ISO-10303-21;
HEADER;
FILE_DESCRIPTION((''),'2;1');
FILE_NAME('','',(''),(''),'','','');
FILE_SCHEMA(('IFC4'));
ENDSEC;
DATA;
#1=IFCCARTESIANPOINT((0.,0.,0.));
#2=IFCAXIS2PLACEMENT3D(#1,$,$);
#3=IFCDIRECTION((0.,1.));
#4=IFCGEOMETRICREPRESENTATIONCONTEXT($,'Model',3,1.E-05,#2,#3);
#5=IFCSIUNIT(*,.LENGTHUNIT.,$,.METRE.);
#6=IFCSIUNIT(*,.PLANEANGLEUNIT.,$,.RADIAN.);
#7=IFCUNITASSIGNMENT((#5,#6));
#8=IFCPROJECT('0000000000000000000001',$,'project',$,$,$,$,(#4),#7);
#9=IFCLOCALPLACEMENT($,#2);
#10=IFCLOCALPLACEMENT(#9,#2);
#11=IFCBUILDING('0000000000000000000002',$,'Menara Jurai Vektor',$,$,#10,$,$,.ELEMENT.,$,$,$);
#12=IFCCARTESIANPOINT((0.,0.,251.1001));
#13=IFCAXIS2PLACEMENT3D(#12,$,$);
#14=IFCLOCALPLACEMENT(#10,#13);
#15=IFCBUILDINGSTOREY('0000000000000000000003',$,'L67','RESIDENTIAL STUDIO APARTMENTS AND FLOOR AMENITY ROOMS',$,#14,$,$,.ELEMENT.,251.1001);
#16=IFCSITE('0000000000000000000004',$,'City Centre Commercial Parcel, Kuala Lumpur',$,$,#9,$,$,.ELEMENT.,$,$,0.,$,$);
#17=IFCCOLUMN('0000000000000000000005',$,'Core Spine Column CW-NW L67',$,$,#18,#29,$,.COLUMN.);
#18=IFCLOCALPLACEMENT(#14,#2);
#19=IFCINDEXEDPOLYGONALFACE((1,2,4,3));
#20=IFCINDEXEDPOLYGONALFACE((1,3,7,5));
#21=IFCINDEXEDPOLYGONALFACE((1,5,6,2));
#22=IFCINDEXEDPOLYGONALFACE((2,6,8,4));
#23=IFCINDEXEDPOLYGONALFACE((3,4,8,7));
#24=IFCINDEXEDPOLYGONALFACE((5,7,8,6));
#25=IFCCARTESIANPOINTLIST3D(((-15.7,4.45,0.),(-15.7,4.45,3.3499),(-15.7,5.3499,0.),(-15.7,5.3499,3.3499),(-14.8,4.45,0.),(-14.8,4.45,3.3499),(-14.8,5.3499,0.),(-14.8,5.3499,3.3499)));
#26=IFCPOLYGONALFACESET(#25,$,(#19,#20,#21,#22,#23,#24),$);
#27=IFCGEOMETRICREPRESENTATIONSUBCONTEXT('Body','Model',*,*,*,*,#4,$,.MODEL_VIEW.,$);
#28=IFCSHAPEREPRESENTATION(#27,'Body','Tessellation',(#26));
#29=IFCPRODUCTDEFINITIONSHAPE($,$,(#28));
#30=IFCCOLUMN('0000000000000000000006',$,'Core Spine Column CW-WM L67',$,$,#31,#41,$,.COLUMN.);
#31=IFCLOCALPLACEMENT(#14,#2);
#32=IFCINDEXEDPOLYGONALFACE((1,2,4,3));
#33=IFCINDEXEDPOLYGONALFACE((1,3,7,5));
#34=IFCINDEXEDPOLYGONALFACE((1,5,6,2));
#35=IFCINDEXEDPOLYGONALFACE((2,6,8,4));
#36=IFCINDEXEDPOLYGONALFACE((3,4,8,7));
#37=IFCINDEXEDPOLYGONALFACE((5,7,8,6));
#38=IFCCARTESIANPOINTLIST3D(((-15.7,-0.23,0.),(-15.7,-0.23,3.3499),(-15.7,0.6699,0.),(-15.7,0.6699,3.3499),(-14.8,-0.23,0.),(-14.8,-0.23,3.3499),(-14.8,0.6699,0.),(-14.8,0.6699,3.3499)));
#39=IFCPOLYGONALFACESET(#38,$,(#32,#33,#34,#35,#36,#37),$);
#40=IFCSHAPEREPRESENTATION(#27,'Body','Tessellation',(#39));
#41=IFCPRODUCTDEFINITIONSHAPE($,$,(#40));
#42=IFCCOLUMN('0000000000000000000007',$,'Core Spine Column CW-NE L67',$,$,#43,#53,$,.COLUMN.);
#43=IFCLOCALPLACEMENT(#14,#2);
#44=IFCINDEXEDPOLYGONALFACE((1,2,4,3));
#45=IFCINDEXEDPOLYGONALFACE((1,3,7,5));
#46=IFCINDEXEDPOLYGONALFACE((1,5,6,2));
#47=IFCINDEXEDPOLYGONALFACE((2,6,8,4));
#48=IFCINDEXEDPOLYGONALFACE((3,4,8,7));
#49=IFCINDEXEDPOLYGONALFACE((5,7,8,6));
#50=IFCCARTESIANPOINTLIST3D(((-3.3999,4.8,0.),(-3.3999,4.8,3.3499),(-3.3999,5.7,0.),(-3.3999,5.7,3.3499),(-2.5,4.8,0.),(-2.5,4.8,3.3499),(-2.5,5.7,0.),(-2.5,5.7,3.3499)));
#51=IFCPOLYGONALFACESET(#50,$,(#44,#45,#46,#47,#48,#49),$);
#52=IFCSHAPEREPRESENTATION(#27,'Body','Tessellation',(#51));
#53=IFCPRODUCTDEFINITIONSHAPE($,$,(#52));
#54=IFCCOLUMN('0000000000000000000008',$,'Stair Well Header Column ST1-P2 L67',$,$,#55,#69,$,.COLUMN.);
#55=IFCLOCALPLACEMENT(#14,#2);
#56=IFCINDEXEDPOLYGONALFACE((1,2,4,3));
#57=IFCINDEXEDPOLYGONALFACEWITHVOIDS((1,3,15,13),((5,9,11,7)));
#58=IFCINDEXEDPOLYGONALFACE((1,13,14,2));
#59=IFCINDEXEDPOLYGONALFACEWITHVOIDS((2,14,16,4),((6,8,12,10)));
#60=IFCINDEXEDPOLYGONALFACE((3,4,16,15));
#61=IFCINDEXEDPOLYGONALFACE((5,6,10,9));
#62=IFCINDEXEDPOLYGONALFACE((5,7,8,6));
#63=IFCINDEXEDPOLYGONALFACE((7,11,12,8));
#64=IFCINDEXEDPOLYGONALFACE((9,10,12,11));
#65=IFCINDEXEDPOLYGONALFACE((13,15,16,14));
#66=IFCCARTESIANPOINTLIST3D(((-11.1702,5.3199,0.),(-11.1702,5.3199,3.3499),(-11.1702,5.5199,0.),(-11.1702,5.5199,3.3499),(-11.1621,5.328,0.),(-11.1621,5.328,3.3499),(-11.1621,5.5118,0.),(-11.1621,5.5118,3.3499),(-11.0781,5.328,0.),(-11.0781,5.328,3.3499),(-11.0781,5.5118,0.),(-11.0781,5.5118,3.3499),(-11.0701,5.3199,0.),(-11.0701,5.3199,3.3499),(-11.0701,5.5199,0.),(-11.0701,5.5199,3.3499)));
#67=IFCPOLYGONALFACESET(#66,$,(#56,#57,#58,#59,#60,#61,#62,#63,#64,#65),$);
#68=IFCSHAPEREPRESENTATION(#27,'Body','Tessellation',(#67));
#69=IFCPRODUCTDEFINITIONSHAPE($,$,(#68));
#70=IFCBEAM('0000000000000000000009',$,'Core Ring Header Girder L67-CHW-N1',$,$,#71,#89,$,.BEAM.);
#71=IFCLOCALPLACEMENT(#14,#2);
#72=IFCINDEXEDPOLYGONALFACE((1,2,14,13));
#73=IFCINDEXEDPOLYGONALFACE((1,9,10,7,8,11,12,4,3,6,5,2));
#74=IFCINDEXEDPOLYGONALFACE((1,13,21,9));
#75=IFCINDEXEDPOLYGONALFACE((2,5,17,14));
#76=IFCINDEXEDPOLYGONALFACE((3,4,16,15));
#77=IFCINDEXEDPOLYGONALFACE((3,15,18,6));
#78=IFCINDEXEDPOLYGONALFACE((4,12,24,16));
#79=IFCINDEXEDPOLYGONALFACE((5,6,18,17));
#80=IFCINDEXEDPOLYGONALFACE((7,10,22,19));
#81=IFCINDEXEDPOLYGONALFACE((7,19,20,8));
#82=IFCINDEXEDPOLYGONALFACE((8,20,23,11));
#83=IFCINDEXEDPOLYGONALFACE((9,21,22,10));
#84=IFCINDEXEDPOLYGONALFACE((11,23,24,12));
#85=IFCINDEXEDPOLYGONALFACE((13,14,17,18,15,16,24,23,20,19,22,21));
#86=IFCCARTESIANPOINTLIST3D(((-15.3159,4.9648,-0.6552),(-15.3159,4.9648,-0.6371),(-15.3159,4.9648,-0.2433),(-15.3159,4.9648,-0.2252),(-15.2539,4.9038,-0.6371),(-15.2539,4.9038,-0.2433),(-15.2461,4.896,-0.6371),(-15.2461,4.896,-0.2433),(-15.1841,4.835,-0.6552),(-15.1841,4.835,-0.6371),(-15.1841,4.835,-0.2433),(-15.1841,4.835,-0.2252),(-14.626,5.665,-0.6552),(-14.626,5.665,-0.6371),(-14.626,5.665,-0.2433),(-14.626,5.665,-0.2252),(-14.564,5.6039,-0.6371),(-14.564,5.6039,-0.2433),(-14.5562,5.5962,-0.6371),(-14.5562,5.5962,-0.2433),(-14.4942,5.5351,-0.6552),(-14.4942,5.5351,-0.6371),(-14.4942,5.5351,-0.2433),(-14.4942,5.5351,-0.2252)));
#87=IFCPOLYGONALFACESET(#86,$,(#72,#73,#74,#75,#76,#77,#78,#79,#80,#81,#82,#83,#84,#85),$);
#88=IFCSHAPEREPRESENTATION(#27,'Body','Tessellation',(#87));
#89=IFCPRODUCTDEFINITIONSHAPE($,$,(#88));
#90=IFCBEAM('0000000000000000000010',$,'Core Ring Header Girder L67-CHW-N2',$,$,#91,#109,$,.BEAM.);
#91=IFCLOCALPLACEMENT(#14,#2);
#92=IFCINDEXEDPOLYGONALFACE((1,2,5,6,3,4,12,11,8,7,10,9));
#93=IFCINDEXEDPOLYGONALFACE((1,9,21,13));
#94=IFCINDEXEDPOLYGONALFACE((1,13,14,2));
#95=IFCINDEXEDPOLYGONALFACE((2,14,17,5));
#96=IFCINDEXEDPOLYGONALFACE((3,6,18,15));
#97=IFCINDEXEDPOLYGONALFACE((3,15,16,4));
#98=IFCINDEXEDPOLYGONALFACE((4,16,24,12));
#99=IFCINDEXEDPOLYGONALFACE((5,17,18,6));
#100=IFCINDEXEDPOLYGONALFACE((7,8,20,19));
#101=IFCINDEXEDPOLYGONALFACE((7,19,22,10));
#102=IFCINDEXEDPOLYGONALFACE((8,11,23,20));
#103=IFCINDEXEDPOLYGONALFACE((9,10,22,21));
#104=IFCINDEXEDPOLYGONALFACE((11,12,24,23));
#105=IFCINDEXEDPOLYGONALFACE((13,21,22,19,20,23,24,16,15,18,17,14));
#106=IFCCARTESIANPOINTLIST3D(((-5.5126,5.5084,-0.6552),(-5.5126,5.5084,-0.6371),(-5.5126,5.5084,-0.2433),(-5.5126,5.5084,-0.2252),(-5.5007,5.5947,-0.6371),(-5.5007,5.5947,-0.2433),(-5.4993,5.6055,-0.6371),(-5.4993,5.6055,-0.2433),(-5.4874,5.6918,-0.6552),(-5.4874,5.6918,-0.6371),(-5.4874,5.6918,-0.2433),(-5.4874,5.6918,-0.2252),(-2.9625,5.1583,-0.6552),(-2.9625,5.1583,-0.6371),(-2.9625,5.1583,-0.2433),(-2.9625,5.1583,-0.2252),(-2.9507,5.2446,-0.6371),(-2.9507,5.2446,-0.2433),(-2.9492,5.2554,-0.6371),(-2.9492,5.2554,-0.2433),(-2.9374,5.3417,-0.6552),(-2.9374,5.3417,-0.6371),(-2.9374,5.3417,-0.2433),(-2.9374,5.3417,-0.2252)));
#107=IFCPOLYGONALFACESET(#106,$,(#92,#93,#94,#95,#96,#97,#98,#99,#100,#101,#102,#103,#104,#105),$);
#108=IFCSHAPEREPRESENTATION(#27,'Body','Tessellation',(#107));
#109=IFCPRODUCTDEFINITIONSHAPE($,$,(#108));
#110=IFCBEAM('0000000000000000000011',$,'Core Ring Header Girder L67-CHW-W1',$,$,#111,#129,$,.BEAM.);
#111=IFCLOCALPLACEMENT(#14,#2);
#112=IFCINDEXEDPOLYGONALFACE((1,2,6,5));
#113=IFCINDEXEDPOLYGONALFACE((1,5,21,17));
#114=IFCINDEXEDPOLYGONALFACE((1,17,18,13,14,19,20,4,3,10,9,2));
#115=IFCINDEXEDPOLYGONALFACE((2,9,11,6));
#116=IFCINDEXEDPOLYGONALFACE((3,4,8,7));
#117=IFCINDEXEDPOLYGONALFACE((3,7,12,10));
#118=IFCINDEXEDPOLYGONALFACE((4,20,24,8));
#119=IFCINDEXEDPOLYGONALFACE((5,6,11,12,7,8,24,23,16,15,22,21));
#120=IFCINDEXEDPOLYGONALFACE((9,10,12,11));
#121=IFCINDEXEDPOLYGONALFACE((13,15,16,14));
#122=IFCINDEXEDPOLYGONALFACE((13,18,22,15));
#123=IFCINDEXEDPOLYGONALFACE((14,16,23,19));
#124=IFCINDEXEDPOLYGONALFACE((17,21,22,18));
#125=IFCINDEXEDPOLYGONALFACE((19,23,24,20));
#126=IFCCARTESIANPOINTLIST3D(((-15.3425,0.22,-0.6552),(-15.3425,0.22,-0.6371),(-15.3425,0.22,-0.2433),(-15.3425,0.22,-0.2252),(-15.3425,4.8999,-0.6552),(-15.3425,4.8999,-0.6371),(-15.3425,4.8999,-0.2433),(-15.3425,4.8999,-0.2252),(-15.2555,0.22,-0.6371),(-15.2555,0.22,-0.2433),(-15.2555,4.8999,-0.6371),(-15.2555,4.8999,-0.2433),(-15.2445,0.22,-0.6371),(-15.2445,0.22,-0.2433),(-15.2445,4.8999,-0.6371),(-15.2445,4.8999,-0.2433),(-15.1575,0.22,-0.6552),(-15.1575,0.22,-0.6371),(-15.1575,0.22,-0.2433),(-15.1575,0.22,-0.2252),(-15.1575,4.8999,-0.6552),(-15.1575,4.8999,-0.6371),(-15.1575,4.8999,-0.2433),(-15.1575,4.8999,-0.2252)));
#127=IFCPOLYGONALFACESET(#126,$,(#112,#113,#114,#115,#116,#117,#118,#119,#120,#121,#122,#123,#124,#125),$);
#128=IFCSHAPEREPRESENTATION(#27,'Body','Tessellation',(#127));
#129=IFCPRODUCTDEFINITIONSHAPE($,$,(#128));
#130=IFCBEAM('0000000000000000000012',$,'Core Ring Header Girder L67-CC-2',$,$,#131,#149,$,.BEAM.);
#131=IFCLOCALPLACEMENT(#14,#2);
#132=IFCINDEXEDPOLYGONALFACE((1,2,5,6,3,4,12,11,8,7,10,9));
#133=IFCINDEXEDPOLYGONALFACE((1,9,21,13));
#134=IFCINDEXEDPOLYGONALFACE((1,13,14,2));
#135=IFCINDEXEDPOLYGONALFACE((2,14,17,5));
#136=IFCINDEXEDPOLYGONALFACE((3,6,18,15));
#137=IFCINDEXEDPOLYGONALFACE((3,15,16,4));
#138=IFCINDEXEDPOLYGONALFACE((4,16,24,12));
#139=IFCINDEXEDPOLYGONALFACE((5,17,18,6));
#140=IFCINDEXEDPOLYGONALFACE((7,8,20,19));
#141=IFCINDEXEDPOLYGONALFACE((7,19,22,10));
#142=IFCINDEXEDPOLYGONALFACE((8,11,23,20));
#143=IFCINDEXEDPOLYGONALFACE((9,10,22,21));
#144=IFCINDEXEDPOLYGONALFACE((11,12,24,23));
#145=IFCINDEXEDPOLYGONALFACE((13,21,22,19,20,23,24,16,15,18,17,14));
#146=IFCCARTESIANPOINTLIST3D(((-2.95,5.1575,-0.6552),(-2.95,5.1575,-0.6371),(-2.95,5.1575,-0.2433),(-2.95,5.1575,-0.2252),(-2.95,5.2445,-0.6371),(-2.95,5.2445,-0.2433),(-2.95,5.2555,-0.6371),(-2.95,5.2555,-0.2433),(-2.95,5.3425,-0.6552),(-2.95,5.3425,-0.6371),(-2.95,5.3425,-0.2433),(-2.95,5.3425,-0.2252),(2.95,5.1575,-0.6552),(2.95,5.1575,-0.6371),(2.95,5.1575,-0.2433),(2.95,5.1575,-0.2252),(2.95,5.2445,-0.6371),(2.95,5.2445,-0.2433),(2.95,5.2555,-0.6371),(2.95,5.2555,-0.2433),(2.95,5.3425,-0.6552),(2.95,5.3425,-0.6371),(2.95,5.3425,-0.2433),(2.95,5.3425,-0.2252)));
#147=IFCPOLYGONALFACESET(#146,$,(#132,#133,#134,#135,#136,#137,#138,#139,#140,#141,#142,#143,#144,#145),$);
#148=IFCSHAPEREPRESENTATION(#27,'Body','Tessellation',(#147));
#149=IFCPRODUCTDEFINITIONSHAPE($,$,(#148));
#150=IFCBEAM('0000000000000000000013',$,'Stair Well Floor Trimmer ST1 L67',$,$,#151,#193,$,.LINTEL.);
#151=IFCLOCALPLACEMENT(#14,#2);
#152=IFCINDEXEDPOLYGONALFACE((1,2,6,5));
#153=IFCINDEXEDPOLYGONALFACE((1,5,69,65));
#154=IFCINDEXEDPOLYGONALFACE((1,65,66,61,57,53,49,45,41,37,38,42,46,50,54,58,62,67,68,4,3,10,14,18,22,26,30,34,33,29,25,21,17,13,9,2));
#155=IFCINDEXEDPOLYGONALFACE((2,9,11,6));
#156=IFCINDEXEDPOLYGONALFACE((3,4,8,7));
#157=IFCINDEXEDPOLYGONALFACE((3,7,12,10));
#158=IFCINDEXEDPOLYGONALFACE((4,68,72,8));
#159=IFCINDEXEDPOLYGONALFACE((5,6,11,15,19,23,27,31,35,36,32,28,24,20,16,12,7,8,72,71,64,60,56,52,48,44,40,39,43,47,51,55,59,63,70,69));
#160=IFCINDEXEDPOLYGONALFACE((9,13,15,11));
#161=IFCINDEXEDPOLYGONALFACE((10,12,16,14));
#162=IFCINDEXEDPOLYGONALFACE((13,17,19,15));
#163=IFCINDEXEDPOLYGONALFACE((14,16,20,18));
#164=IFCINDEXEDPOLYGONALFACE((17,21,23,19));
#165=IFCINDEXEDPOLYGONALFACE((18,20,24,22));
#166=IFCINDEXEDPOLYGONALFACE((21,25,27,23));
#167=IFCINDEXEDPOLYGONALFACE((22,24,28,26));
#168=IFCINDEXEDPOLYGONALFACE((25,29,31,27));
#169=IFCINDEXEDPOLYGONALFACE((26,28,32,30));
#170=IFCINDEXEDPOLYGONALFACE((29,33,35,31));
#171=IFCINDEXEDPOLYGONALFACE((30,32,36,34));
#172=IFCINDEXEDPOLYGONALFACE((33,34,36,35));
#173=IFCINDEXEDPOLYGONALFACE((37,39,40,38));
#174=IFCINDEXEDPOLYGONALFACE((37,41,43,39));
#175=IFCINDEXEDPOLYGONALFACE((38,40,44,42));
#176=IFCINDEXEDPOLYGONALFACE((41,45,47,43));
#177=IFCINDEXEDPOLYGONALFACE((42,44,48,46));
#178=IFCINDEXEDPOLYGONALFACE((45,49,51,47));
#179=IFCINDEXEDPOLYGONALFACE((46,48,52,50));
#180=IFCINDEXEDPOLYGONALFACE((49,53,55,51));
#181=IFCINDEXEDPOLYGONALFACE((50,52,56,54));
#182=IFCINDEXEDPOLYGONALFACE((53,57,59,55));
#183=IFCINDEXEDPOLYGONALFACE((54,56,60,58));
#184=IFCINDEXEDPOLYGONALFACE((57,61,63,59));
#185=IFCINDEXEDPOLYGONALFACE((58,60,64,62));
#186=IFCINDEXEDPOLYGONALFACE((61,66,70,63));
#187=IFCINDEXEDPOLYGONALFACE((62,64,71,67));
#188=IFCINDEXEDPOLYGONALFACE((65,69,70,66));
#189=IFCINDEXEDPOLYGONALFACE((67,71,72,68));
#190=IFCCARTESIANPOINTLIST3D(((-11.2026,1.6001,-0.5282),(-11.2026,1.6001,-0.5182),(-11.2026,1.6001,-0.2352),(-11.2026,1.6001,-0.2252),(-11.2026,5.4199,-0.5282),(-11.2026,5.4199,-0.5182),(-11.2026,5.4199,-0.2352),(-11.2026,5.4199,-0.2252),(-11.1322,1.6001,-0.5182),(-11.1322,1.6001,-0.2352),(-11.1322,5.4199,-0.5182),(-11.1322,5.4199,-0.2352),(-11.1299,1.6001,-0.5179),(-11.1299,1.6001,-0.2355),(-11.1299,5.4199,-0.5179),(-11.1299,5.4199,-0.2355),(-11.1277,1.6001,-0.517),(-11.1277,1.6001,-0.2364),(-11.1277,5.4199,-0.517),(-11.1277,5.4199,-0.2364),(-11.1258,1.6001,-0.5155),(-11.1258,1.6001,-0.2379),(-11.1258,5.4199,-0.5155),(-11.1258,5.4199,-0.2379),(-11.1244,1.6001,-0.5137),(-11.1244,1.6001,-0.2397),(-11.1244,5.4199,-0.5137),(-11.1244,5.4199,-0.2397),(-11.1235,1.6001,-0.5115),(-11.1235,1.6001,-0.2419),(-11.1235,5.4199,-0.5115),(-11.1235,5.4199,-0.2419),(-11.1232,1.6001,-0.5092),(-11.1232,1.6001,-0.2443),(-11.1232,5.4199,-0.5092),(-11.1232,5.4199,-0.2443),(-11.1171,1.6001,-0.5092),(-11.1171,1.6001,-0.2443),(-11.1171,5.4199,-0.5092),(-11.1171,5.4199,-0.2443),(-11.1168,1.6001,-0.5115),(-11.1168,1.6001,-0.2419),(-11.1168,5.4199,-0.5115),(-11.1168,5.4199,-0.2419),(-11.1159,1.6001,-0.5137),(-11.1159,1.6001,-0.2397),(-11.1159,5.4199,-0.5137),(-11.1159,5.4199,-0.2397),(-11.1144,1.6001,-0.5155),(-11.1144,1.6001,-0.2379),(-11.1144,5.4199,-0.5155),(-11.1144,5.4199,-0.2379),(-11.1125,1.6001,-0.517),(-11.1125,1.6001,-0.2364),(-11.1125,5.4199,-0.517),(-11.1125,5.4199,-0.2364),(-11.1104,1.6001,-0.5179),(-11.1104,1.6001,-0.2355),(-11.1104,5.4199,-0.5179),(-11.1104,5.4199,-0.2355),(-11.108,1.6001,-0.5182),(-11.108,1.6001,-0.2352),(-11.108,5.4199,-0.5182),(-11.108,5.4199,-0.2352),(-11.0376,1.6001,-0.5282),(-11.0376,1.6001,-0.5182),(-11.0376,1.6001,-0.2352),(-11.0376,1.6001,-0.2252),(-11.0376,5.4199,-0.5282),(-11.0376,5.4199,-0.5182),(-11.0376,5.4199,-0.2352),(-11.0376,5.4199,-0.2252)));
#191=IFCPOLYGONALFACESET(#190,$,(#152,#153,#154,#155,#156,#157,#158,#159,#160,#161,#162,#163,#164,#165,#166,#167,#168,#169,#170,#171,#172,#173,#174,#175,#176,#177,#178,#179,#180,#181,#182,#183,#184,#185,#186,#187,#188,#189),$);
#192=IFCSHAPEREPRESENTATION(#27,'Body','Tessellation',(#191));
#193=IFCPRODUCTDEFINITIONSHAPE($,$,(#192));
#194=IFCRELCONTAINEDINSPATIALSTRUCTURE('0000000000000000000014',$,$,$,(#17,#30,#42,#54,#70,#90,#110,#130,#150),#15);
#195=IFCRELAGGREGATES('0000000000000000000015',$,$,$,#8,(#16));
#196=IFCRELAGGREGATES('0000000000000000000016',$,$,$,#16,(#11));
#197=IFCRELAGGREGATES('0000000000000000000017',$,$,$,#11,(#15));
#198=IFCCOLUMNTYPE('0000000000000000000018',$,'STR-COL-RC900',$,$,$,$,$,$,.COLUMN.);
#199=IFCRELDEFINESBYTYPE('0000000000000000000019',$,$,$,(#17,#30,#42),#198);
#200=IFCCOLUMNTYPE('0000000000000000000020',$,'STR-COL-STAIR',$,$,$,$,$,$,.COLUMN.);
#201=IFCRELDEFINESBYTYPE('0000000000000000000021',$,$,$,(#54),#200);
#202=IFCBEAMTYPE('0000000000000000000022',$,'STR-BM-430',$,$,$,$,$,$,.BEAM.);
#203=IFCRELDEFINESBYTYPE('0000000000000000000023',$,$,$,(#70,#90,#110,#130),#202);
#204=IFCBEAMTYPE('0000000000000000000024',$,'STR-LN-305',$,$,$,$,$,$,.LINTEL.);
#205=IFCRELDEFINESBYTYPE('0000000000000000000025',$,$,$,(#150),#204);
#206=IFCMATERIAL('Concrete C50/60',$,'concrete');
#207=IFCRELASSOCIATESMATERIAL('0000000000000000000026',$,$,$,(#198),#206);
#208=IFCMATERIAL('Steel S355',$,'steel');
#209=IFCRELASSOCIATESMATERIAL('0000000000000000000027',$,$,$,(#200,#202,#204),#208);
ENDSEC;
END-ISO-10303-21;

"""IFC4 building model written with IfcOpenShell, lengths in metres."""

from ifc_helpers import new_model, si_unit, direction, frame, origin, origin_2d, place, context, subcontext, project, spatial, rectangle, hollow_rectangle, i_section, extrude, material, material_profile, profile_set, type_object, element, save


model = new_model("IFC4")

# Units and contexts
model_context = context("Model", 3, precision=1e-05, world=origin(), true_north=direction((0.0, 1.0)))
body_context = subcontext(model_context, "Body", "Model", "MODEL_VIEW")
ifc_project = project(units=[si_unit("LENGTHUNIT", "METRE"), si_unit("PLANEANGLEUNIT", "RADIAN")], contexts=[model_context])

# Site, building, storey
site_placement = place(None, origin())
site = spatial("IfcSite", under=ifc_project, at=site_placement, Name="City Centre Commercial Parcel, Kuala Lumpur", CompositionType="ELEMENT", RefElevation=0.0)
building_placement = place(site_placement, origin())
building = spatial("IfcBuilding", under=site, at=building_placement, Name="Menara Jurai Vektor", CompositionType="ELEMENT")
storey_placement = place(building_placement, frame((0.0, 0.0, 251.1001)))
storey = spatial("IfcBuildingStorey", under=building, at=storey_placement, Name="L67", Description="RESIDENTIAL STUDIO APARTMENTS AND FLOOR AMENITY ROOMS", CompositionType="ELEMENT", Elevation=251.1001)

# Columns
ifc_material_1 = material(Name="Concrete C50/60", Category="concrete")
ifc_material_profile_1 = material_profile(ifc_material_1, rectangle(XDim=0.8999, YDim=0.8999, at=origin_2d()), Name="RC 900x900")
ifc_profile_set_1 = profile_set([ifc_material_profile_1], Name="Concrete C50/60")
column_type_1 = type_object("IfcColumnType", Name="STR-COL-RC900", PredefinedType="COLUMN", material=ifc_profile_set_1)
for number, where, z_axis, x_axis, name in (
    (1, (-15.25, 4.8999, 0.0), (0.0, 0.0, 1.0), (1.0, 0.0, 0.0), "Core Spine Column CW-NW L67"),
    (2, (-15.25, 0.22, 0.0), (0.0, 0.0, 1.0), (1.0, 0.0, 0.0), "Core Spine Column CW-WM L67"),
    (3, (-2.95, 5.25, 0.0), (0.0, 0.0, 1.0), (1.0, 0.0, 0.0), "Core Spine Column CW-NE L67"),
):
    element("IfcColumn", number, at=place(storey_placement, frame(where, z_axis=z_axis, x_axis=x_axis)), inside=storey, type_object=column_type_1, Name=name, PredefinedType="COLUMN", context=body_context, shape_type="SweptSolid", body=[
        extrude(rectangle(XDim=0.8999, YDim=0.8999, at=origin_2d()), origin(), (0.0, 0.0, 1.0), 3.3499),
    ])
ifc_material_2 = material(Name="Steel S355", Category="steel")
ifc_material_profile_2 = material_profile(ifc_material_2, hollow_rectangle(XDim=0.1001, YDim=0.2, WallThickness=0.0081, at=origin_2d()), Name="RHS 200x100x8")
ifc_profile_set_2 = profile_set([ifc_material_profile_2], Name="Steel S355")
column_type_2 = type_object("IfcColumnType", Name="STR-COL-STAIR", PredefinedType="COLUMN", material=ifc_profile_set_2)
column_placement = place(storey_placement, frame((-11.1201, 5.4199, 0.0), z_axis=(0.0, 0.0, 1.0), x_axis=(1.0, 0.0, 0.0)))
element("IfcColumn", 4, at=column_placement, inside=storey, type_object=column_type_2, Name="Stair Well Header Column ST1-P2 L67", PredefinedType="COLUMN", context=body_context, shape_type="SweptSolid", body=[
    extrude(hollow_rectangle(XDim=0.1001, YDim=0.2, WallThickness=0.0081, at=origin_2d()), origin(), (0.0, 0.0, 1.0), 3.3499),
])

# Beams
ifc_material_profile_3 = material_profile(ifc_material_2, i_section(OverallWidth=0.1851, OverallDepth=0.4299, WebThickness=0.011, FlangeThickness=0.0181, at=origin_2d()), Name="PG 430x185x76")
ifc_profile_set_3 = profile_set([ifc_material_profile_3], Name="Steel S355")
beam_type_1 = type_object("IfcBeamType", Name="STR-BM-430", PredefinedType="BEAM", material=ifc_profile_set_3)
beam_1_placement = place(storey_placement, frame((-15.25, 4.8999, -0.4402), z_axis=(0.701872, 0.712303, 0.0), x_axis=(-0.712303, 0.701872, 0.0)))
element("IfcBeam", 5, at=beam_1_placement, inside=storey, type_object=beam_type_1, Name="Core Ring Header Girder L67-CHW-N1", PredefinedType="BEAM", context=body_context, shape_type="SweptSolid", body=[
    extrude(i_section(OverallWidth=0.1851, OverallDepth=0.4299, WebThickness=0.011, FlangeThickness=0.0181, at=origin_2d()), origin(), (0.0, 0.0, 1.0), 0.9829),
])
beam_2_placement = place(storey_placement, frame((-5.5, 5.6001, -0.4402), z_axis=(0.990707, -0.136015, 0.0), x_axis=(0.136015, 0.990707, 0.0)))
element("IfcBeam", 6, at=beam_2_placement, inside=storey, type_object=beam_type_1, Name="Core Ring Header Girder L67-CHW-N2", PredefinedType="BEAM", context=body_context, shape_type="SweptSolid", body=[
    extrude(i_section(OverallWidth=0.1851, OverallDepth=0.4299, WebThickness=0.011, FlangeThickness=0.0181, at=origin_2d()), origin(), (0.0, 0.0, 1.0), 2.574),
])
beam_3_placement = place(storey_placement, frame((-15.25, 0.22, -0.4402), z_axis=(0.0, 1.0, 0.0), x_axis=(-1.0, 0.0, 0.0)))
element("IfcBeam", 7, at=beam_3_placement, inside=storey, type_object=beam_type_1, Name="Core Ring Header Girder L67-CHW-W1", PredefinedType="BEAM", context=body_context, shape_type="SweptSolid", body=[
    extrude(i_section(OverallWidth=0.1851, OverallDepth=0.4299, WebThickness=0.011, FlangeThickness=0.0181, at=origin_2d()), origin(), (0.0, 0.0, 1.0), 4.6799),
])
beam_4_placement = place(storey_placement, frame((-2.95, 5.25, -0.4402), z_axis=(1.0, 0.0, 0.0), x_axis=(0.0, 1.0, 0.0)))
element("IfcBeam", 8, at=beam_4_placement, inside=storey, type_object=beam_type_1, Name="Core Ring Header Girder L67-CC-2", PredefinedType="BEAM", context=body_context, shape_type="SweptSolid", body=[
    extrude(i_section(OverallWidth=0.1851, OverallDepth=0.4299, WebThickness=0.011, FlangeThickness=0.0181, at=origin_2d()), origin(), (0.0, 0.0, 1.0), 5.8999),
])
ifc_material_profile_4 = material_profile(ifc_material_2, i_section(OverallWidth=0.165, OverallDepth=0.303, WebThickness=0.0061, FlangeThickness=0.01, FilletRadius=0.009, at=origin_2d()), Name="UKB 305x165x40")
ifc_profile_set_4 = profile_set([ifc_material_profile_4], Name="Steel S355")
beam_type_2 = type_object("IfcBeamType", Name="STR-LN-305", PredefinedType="LINTEL", material=ifc_profile_set_4)
beam_5_placement = place(storey_placement, frame((-11.1201, 1.6001, -0.3767), z_axis=(0.0, 1.0, 0.0), x_axis=(-1.0, 0.0, 0.0)))
element("IfcBeam", 9, at=beam_5_placement, inside=storey, type_object=beam_type_2, Name="Stair Well Floor Trimmer ST1 L67", PredefinedType="LINTEL", context=body_context, shape_type="SweptSolid", body=[
    extrude(i_section(OverallWidth=0.165, OverallDepth=0.303, WebThickness=0.0061, FlangeThickness=0.01, FilletRadius=0.009, at=origin_2d()), origin(), (0.0, 0.0, 1.0), 3.8198),
])

save(model, "model.ifc")
